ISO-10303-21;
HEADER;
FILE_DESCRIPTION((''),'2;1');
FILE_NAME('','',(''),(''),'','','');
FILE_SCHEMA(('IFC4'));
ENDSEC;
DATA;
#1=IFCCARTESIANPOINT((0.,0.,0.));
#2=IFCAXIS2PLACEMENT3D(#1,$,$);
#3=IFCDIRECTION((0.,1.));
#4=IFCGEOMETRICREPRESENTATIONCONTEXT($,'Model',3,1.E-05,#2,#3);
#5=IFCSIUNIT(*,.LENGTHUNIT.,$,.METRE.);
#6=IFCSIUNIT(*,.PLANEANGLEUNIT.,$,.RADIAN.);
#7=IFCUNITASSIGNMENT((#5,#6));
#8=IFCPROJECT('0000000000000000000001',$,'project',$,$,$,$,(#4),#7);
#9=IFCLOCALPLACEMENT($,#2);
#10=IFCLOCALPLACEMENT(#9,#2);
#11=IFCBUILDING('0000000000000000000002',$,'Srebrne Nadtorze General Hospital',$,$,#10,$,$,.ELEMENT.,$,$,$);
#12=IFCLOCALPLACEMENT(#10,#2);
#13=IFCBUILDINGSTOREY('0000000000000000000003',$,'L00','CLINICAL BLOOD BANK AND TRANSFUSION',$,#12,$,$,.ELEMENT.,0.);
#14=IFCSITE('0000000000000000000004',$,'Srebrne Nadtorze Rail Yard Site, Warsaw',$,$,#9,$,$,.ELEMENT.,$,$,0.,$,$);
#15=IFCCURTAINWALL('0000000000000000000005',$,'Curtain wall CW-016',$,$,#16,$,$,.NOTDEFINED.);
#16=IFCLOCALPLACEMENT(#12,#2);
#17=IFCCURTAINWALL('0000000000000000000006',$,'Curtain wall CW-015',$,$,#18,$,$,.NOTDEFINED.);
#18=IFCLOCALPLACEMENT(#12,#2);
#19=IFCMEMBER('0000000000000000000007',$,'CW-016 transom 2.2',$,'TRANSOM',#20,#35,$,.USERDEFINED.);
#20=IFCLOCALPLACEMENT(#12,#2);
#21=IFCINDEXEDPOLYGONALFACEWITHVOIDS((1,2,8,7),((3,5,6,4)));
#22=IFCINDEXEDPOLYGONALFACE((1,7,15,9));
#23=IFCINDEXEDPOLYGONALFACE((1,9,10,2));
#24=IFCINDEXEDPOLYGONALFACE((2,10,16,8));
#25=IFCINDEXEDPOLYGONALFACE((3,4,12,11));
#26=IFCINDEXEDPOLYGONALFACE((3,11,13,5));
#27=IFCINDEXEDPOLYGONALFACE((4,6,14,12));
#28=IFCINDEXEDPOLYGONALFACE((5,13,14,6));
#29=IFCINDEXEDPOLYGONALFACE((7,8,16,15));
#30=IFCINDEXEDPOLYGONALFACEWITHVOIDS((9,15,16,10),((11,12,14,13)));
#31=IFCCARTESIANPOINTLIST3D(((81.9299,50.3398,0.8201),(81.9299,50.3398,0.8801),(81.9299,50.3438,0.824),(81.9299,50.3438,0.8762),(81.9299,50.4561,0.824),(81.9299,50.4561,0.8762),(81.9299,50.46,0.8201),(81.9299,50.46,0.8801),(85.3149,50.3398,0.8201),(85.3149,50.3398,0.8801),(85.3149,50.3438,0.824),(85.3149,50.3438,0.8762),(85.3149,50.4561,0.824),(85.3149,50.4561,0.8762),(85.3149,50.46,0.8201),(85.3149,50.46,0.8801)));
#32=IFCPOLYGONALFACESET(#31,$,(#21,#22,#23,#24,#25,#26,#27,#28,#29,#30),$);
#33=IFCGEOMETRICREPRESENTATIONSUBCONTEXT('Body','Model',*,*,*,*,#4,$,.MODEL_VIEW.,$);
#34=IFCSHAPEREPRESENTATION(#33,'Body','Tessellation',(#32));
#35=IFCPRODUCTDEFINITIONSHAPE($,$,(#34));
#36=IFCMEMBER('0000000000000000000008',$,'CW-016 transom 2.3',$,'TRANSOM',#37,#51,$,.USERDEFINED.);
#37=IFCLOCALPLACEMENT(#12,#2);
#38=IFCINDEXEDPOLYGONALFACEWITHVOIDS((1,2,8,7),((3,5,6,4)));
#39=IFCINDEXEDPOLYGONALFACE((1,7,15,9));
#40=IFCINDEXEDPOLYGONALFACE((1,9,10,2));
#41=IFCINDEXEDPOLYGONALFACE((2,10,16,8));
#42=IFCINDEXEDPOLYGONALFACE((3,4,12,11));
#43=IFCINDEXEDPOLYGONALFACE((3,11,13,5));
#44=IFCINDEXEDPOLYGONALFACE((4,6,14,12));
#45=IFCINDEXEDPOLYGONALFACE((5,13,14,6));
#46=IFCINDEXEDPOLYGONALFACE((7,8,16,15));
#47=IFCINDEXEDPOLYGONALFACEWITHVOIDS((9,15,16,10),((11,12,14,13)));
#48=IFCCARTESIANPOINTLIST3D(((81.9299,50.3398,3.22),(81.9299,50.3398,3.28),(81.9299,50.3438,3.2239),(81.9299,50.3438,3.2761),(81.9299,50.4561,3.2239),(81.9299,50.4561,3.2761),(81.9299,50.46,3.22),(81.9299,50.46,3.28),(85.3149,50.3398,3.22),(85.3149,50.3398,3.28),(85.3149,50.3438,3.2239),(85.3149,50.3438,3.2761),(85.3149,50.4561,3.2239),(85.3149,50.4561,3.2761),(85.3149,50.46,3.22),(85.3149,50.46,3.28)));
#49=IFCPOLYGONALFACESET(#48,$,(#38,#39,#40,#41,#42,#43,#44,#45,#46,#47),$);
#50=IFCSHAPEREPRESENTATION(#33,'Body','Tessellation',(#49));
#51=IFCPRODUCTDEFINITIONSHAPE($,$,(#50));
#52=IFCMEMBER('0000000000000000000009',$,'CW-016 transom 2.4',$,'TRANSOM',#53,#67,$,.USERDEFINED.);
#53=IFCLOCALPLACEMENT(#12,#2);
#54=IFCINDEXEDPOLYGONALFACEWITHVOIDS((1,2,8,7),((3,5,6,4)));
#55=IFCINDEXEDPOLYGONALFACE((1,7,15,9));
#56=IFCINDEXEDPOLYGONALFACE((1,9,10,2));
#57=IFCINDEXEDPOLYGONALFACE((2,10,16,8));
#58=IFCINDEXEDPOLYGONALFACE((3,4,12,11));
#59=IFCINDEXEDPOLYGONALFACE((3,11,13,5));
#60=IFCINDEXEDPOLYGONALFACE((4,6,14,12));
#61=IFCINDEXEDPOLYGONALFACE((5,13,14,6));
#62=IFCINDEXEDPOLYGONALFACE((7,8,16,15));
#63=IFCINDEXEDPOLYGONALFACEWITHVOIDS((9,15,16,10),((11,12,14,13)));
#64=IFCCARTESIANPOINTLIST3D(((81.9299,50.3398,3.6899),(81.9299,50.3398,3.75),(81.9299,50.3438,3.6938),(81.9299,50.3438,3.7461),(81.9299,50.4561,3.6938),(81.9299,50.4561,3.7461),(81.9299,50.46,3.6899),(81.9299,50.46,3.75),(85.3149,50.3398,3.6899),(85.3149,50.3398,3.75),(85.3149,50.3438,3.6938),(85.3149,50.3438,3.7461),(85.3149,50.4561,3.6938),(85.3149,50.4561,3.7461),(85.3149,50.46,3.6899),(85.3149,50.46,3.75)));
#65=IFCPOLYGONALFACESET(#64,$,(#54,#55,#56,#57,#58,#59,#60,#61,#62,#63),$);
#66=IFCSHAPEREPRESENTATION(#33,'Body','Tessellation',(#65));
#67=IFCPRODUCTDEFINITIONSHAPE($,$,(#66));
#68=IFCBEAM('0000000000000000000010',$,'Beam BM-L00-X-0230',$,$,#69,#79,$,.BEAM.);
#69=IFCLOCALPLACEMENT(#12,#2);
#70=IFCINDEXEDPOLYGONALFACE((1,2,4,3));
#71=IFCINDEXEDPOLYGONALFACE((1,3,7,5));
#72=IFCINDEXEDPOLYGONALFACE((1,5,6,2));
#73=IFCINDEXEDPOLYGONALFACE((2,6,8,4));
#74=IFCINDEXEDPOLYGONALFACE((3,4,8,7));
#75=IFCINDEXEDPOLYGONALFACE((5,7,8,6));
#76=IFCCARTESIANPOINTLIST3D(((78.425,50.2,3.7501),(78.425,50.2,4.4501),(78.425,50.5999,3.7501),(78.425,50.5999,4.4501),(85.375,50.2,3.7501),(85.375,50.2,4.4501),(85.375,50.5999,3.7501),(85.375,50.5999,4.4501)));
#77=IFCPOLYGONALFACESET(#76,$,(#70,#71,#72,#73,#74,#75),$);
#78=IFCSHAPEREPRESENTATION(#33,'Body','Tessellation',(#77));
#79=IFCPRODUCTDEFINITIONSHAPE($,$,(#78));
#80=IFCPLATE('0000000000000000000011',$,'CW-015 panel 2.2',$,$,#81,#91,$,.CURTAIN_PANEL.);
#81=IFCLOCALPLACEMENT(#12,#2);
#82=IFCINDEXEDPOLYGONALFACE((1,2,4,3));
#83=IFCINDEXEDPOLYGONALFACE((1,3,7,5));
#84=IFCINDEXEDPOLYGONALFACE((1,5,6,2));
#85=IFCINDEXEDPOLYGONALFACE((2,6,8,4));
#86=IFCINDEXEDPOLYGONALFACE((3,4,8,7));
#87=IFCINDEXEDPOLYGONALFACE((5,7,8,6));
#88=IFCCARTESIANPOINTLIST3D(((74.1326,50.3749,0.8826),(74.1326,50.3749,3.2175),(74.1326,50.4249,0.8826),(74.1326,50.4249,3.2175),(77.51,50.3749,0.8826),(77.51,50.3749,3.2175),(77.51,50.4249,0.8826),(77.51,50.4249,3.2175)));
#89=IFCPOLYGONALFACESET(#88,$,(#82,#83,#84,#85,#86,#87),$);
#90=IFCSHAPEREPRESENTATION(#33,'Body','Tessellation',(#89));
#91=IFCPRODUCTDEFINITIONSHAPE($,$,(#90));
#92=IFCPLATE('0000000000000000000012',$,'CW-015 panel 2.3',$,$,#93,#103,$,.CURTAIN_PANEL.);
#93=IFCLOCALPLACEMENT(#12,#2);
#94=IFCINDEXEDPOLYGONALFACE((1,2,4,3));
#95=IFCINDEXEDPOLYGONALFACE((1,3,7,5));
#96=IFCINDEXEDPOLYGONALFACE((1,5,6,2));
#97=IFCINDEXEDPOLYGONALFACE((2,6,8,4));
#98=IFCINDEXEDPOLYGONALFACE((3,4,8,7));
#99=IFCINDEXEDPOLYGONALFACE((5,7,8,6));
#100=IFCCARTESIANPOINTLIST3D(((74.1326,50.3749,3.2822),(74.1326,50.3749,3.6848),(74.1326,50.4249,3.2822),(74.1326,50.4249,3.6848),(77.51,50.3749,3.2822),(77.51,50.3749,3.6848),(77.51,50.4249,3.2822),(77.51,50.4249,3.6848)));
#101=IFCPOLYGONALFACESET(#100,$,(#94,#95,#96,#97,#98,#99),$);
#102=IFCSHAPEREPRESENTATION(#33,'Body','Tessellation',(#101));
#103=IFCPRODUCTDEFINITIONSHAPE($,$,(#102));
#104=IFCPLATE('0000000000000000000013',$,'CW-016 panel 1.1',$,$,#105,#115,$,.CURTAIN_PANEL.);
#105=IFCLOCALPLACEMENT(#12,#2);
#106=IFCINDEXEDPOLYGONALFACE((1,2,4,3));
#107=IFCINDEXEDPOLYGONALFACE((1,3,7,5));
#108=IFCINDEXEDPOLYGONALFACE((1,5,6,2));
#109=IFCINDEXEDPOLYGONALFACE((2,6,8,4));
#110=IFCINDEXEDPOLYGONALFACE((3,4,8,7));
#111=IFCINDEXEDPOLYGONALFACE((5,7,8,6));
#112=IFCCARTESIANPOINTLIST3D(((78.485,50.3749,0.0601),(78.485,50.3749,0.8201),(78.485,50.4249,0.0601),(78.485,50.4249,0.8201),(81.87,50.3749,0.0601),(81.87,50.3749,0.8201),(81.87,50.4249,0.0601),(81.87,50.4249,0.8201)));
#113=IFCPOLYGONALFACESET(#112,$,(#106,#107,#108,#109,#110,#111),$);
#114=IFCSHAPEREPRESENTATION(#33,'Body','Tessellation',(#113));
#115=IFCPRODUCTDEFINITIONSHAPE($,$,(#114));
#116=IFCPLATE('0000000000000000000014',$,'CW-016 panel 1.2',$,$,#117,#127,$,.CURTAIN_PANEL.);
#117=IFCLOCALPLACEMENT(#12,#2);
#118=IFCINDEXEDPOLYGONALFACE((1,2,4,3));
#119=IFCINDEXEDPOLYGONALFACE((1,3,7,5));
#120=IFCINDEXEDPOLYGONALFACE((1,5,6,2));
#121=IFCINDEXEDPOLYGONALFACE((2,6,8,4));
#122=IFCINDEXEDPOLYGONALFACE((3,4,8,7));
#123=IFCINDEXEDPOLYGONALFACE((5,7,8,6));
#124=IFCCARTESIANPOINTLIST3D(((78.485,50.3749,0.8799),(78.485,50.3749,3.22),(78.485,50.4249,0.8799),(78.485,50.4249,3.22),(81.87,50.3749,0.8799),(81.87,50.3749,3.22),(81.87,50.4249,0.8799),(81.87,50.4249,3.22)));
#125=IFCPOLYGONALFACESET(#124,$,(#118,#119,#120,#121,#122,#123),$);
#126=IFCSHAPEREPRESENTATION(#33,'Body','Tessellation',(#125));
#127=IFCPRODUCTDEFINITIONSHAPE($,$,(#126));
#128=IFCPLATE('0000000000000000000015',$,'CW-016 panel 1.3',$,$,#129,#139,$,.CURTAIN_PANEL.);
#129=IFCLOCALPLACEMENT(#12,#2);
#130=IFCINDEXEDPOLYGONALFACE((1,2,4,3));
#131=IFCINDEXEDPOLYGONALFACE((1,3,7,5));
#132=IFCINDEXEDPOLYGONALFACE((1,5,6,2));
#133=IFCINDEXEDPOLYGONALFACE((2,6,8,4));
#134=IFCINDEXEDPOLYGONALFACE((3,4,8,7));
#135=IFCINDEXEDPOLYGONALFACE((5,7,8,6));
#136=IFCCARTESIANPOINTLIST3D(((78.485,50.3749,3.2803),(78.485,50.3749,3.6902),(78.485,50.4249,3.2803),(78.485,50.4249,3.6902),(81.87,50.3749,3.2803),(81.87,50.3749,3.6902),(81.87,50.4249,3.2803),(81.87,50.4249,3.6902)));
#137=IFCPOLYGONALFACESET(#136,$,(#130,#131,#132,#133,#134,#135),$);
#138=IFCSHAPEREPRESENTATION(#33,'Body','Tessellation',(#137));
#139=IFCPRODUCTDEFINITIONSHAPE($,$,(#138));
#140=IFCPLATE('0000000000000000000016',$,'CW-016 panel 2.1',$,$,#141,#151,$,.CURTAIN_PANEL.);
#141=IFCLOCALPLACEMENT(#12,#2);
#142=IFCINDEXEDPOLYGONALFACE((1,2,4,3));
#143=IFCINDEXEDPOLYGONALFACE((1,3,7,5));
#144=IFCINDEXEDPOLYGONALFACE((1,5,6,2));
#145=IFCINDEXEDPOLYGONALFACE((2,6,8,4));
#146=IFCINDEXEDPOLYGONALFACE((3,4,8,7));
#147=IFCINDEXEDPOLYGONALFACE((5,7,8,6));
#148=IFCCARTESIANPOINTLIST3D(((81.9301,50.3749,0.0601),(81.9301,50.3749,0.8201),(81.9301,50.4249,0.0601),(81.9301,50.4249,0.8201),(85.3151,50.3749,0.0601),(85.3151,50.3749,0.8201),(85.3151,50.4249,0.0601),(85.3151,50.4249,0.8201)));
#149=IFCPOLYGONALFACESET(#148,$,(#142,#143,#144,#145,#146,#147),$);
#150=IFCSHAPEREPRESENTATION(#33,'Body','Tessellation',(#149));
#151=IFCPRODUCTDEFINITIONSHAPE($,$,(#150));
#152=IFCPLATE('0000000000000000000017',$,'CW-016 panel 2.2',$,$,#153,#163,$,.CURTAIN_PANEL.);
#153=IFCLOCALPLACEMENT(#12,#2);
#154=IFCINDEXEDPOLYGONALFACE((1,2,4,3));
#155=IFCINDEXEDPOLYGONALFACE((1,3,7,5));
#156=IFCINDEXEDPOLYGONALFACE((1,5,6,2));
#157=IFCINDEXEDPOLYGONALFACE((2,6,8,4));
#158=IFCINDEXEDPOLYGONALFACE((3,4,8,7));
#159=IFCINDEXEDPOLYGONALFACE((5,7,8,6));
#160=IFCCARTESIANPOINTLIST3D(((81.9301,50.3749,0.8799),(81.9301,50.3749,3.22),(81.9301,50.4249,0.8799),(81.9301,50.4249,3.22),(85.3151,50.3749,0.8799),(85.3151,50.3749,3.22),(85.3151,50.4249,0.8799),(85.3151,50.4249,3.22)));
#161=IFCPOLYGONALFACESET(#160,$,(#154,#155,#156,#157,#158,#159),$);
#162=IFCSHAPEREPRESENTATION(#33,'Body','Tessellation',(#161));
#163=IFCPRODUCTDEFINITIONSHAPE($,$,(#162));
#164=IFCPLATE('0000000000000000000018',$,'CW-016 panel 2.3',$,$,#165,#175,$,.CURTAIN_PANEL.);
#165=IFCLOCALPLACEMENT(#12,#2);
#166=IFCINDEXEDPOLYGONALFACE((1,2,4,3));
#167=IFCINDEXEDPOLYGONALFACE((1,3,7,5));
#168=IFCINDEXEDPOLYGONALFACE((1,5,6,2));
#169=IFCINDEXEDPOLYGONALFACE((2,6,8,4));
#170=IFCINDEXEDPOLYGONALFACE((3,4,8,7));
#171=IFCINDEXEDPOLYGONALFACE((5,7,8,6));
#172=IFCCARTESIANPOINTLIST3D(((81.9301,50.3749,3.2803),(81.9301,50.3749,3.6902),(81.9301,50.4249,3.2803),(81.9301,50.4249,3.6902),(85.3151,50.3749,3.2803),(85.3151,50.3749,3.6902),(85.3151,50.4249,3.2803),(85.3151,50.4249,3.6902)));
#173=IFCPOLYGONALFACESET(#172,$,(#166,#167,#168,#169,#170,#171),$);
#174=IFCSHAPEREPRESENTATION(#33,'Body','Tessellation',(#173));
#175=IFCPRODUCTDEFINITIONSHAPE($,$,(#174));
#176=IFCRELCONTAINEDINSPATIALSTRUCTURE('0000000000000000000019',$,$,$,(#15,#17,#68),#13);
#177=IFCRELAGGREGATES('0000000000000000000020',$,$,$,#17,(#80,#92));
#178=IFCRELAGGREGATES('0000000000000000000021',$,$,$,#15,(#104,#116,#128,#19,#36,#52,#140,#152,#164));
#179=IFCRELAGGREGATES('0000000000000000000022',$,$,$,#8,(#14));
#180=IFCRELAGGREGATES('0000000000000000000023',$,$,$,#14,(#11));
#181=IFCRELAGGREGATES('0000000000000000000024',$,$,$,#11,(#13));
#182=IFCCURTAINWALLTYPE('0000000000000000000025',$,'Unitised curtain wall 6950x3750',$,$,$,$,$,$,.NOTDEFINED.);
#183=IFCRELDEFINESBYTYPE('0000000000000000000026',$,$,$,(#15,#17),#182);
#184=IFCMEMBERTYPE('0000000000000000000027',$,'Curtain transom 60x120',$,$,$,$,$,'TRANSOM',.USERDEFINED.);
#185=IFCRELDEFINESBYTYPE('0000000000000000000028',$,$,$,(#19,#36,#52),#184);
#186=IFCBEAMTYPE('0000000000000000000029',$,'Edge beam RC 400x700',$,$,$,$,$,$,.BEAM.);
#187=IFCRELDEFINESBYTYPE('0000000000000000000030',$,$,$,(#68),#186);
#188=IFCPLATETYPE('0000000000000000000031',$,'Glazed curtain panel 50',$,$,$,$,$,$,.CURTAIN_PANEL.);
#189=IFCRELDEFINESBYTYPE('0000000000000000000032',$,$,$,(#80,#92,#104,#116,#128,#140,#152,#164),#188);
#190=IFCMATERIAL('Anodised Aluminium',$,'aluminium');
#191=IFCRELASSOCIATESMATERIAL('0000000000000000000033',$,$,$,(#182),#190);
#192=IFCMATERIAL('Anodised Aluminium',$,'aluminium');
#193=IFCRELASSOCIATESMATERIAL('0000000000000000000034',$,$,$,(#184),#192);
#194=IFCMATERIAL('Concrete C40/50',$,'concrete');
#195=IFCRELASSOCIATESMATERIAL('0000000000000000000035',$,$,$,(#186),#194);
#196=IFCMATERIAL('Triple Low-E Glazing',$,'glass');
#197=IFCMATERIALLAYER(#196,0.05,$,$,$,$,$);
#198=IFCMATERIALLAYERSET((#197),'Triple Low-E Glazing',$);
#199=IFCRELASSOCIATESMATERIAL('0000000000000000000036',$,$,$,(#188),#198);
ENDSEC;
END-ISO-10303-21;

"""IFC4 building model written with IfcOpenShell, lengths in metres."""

from ifc_helpers import new_model, si_unit, direction, frame, origin, origin_2d, place, context, subcontext, project, spatial, rectangle, hollow_rectangle, extrude, material, layer, layer_set, material_profile, profile_set, type_object, element, aggregate, save


model = new_model("IFC4")

# Units and contexts
model_context = context("Model", 3, precision=1e-05, world=origin(), true_north=direction((0.0, 1.0)))
body_context = subcontext(model_context, "Body", "Model", "MODEL_VIEW")
ifc_project = project(units=[si_unit("LENGTHUNIT", "METRE"), si_unit("PLANEANGLEUNIT", "RADIAN")], contexts=[model_context])

# Site, building, storey
site_placement = place(None, origin())
site = spatial("IfcSite", under=ifc_project, at=site_placement, Name="Srebrne Nadtorze Rail Yard Site, Warsaw", CompositionType="ELEMENT", RefElevation=0.0)
building_placement = place(site_placement, origin())
building = spatial("IfcBuilding", under=site, at=building_placement, Name="Srebrne Nadtorze General Hospital", CompositionType="ELEMENT")
storey_placement = place(building_placement, origin())
storey = spatial("IfcBuildingStorey", under=building, at=storey_placement, Name="L00", Description="CLINICAL BLOOD BANK AND TRANSFUSION", CompositionType="ELEMENT", Elevation=0.0)

# Curtain wall
ifc_material_1 = material(Name="Anodised Aluminium", Category="aluminium")
curtain_wall_type = type_object("IfcCurtainWallType", Name="Unitised curtain wall 6950x3750", PredefinedType="NOTDEFINED", material=ifc_material_1)
curtain_wall_1_placement = place(storey_placement, origin())
curtain_wall_1 = element("IfcCurtainWall", 1, at=curtain_wall_1_placement, inside=storey, type_object=curtain_wall_type, Name="Curtain wall CW-016", PredefinedType="NOTDEFINED")

# Curtain wall
curtain_wall_2_placement = place(storey_placement, origin())
curtain_wall_2 = element("IfcCurtainWall", 2, at=curtain_wall_2_placement, inside=storey, type_object=curtain_wall_type, Name="Curtain wall CW-015", PredefinedType="NOTDEFINED")

# Members
ifc_material_2 = material(Name="Anodised Aluminium", Category="aluminium")
ifc_material_profile_1 = material_profile(ifc_material_2, hollow_rectangle(XDim=0.0601, YDim=0.1201, WallThickness=0.0039, at=origin_2d()), Name="AL-TRN-60x120")
ifc_profile_set_1 = profile_set([ifc_material_profile_1], Name="Anodised Aluminium")
member_type_1 = type_object("IfcMemberType", Name="Curtain transom 60x120", ElementType="TRANSOM", PredefinedType="USERDEFINED", material=ifc_profile_set_1)
member_1_placement = place(storey_placement, frame((81.9299, 50.3999, 0.8501), z_axis=(1.0, 0.0, 0.0), x_axis=(0.0, 0.0, 1.0)))
member_1 = element("IfcMember", 3, at=member_1_placement, type_object=member_type_1, Name="CW-016 transom 2.2", ObjectType="TRANSOM", PredefinedType="USERDEFINED", context=body_context, shape_type="SweptSolid", body=[
    extrude(hollow_rectangle(XDim=0.0601, YDim=0.1201, WallThickness=0.0039, at=origin_2d()), origin(), (0.0, 0.0, 1.0), 3.385),
])
member_2_placement = place(storey_placement, frame((81.9299, 50.3999, 3.25), z_axis=(1.0, 0.0, 0.0), x_axis=(0.0, 0.0, 1.0)))
member_2 = element("IfcMember", 4, at=member_2_placement, type_object=member_type_1, Name="CW-016 transom 2.3", ObjectType="TRANSOM", PredefinedType="USERDEFINED", context=body_context, shape_type="SweptSolid", body=[
    extrude(hollow_rectangle(XDim=0.0601, YDim=0.1201, WallThickness=0.0039, at=origin_2d()), origin(), (0.0, 0.0, 1.0), 3.385),
])
member_3_placement = place(storey_placement, frame((81.9299, 50.3999, 3.72), z_axis=(1.0, 0.0, 0.0), x_axis=(0.0, 0.0, 1.0)))
member_3 = element("IfcMember", 5, at=member_3_placement, type_object=member_type_1, Name="CW-016 transom 2.4", ObjectType="TRANSOM", PredefinedType="USERDEFINED", context=body_context, shape_type="SweptSolid", body=[
    extrude(hollow_rectangle(XDim=0.0601, YDim=0.1201, WallThickness=0.0039, at=origin_2d()), origin(), (0.0, 0.0, 1.0), 3.385),
])

# Beam
ifc_material_3 = material(Name="Concrete C40/50", Category="concrete")
ifc_material_profile_2 = material_profile(ifc_material_3, rectangle(XDim=0.3999, YDim=0.7, at=origin_2d()), Name="RC-BM-400x700")
ifc_profile_set_2 = profile_set([ifc_material_profile_2], Name="Concrete C40/50")
beam_type = type_object("IfcBeamType", Name="Edge beam RC 400x700", PredefinedType="BEAM", material=ifc_profile_set_2)
beam_placement = place(storey_placement, frame((78.425, 50.3999, 4.1001), z_axis=(1.0, 0.0, 0.0), x_axis=(0.0, 1.0, 0.0)))
element("IfcBeam", 6, at=beam_placement, inside=storey, type_object=beam_type, Name="Beam BM-L00-X-0230", PredefinedType="BEAM", context=body_context, shape_type="SweptSolid", body=[
    extrude(rectangle(XDim=0.3999, YDim=0.7, at=origin_2d()), origin(), (0.0, 0.0, 1.0), 6.95),
])

# Plates
ifc_material_4 = material(Name="Triple Low-E Glazing", Category="glass")
ifc_layer = layer(ifc_material_4, 0.05)
ifc_layer_set = layer_set([ifc_layer], Name="Triple Low-E Glazing")
plate_type = type_object("IfcPlateType", Name="Glazed curtain panel 50", PredefinedType="CURTAIN_PANEL", material=ifc_layer_set)
plate_1_placement = place(storey_placement, frame((75.8213, 50.3999, 0.8826), z_axis=(0.0, 0.0, 1.0), x_axis=(1.0, 0.0, 0.0)))
plate_1 = element("IfcPlate", 7, at=plate_1_placement, type_object=plate_type, Name="CW-015 panel 2.2", PredefinedType="CURTAIN_PANEL", context=body_context, shape_type="SweptSolid", body=[
    extrude(rectangle(XDim=3.3774, YDim=0.05, at=origin_2d()), origin(), (0.0, 0.0, 1.0), 2.335),
])
plate_2_placement = place(storey_placement, frame((75.8213, 50.3999, 3.2822), z_axis=(0.0, 0.0, 1.0), x_axis=(1.0, 0.0, 0.0)))
plate_2 = element("IfcPlate", 8, at=plate_2_placement, type_object=plate_type, Name="CW-015 panel 2.3", PredefinedType="CURTAIN_PANEL", context=body_context, shape_type="SweptSolid", body=[
    extrude(rectangle(XDim=3.3774, YDim=0.05, at=origin_2d()), origin(), (0.0, 0.0, 1.0), 0.4026),
])
aggregate(curtain_wall_2, [plate_1, plate_2])
plate_3_placement = place(storey_placement, frame((80.1775, 50.3999, 0.0601), z_axis=(0.0, 0.0, 1.0), x_axis=(1.0, 0.0, 0.0)))
plate_3 = element("IfcPlate", 9, at=plate_3_placement, type_object=plate_type, Name="CW-016 panel 1.1", PredefinedType="CURTAIN_PANEL", context=body_context, shape_type="SweptSolid", body=[
    extrude(rectangle(XDim=3.385, YDim=0.05, at=origin_2d()), origin(), (0.0, 0.0, 1.0), 0.76),
])
plate_4_placement = place(storey_placement, frame((80.1775, 50.3999, 0.8799), z_axis=(0.0, 0.0, 1.0), x_axis=(1.0, 0.0, 0.0)))
plate_4 = element("IfcPlate", 10, at=plate_4_placement, type_object=plate_type, Name="CW-016 panel 1.2", PredefinedType="CURTAIN_PANEL", context=body_context, shape_type="SweptSolid", body=[
    extrude(rectangle(XDim=3.385, YDim=0.05, at=origin_2d()), origin(), (0.0, 0.0, 1.0), 2.3401),
])
plate_5_placement = place(storey_placement, frame((80.1775, 50.3999, 3.2803), z_axis=(0.0, 0.0, 1.0), x_axis=(1.0, 0.0, 0.0)))
plate_5 = element("IfcPlate", 11, at=plate_5_placement, type_object=plate_type, Name="CW-016 panel 1.3", PredefinedType="CURTAIN_PANEL", context=body_context, shape_type="SweptSolid", body=[
    extrude(rectangle(XDim=3.385, YDim=0.05, at=origin_2d()), origin(), (0.0, 0.0, 1.0), 0.4099),
])
plate_6_placement = place(storey_placement, frame((83.6226, 50.3999, 0.0601), z_axis=(0.0, 0.0, 1.0), x_axis=(1.0, 0.0, 0.0)))
plate_6 = element("IfcPlate", 12, at=plate_6_placement, type_object=plate_type, Name="CW-016 panel 2.1", PredefinedType="CURTAIN_PANEL", context=body_context, shape_type="SweptSolid", body=[
    extrude(rectangle(XDim=3.385, YDim=0.05, at=origin_2d()), origin(), (0.0, 0.0, 1.0), 0.76),
])
plate_7_placement = place(storey_placement, frame((83.6226, 50.3999, 0.8799), z_axis=(0.0, 0.0, 1.0), x_axis=(1.0, 0.0, 0.0)))
plate_7 = element("IfcPlate", 13, at=plate_7_placement, type_object=plate_type, Name="CW-016 panel 2.2", PredefinedType="CURTAIN_PANEL", context=body_context, shape_type="SweptSolid", body=[
    extrude(rectangle(XDim=3.385, YDim=0.05, at=origin_2d()), origin(), (0.0, 0.0, 1.0), 2.3401),
])
plate_8_placement = place(storey_placement, frame((83.6226, 50.3999, 3.2803), z_axis=(0.0, 0.0, 1.0), x_axis=(1.0, 0.0, 0.0)))
plate_8 = element("IfcPlate", 14, at=plate_8_placement, type_object=plate_type, Name="CW-016 panel 2.3", PredefinedType="CURTAIN_PANEL", context=body_context, shape_type="SweptSolid", body=[
    extrude(rectangle(XDim=3.385, YDim=0.05, at=origin_2d()), origin(), (0.0, 0.0, 1.0), 0.4099),
])
aggregate(curtain_wall_1, [plate_3, plate_4, plate_5, member_1, member_2, member_3, plate_6, plate_7, plate_8])

save(model, "model.ifc")
